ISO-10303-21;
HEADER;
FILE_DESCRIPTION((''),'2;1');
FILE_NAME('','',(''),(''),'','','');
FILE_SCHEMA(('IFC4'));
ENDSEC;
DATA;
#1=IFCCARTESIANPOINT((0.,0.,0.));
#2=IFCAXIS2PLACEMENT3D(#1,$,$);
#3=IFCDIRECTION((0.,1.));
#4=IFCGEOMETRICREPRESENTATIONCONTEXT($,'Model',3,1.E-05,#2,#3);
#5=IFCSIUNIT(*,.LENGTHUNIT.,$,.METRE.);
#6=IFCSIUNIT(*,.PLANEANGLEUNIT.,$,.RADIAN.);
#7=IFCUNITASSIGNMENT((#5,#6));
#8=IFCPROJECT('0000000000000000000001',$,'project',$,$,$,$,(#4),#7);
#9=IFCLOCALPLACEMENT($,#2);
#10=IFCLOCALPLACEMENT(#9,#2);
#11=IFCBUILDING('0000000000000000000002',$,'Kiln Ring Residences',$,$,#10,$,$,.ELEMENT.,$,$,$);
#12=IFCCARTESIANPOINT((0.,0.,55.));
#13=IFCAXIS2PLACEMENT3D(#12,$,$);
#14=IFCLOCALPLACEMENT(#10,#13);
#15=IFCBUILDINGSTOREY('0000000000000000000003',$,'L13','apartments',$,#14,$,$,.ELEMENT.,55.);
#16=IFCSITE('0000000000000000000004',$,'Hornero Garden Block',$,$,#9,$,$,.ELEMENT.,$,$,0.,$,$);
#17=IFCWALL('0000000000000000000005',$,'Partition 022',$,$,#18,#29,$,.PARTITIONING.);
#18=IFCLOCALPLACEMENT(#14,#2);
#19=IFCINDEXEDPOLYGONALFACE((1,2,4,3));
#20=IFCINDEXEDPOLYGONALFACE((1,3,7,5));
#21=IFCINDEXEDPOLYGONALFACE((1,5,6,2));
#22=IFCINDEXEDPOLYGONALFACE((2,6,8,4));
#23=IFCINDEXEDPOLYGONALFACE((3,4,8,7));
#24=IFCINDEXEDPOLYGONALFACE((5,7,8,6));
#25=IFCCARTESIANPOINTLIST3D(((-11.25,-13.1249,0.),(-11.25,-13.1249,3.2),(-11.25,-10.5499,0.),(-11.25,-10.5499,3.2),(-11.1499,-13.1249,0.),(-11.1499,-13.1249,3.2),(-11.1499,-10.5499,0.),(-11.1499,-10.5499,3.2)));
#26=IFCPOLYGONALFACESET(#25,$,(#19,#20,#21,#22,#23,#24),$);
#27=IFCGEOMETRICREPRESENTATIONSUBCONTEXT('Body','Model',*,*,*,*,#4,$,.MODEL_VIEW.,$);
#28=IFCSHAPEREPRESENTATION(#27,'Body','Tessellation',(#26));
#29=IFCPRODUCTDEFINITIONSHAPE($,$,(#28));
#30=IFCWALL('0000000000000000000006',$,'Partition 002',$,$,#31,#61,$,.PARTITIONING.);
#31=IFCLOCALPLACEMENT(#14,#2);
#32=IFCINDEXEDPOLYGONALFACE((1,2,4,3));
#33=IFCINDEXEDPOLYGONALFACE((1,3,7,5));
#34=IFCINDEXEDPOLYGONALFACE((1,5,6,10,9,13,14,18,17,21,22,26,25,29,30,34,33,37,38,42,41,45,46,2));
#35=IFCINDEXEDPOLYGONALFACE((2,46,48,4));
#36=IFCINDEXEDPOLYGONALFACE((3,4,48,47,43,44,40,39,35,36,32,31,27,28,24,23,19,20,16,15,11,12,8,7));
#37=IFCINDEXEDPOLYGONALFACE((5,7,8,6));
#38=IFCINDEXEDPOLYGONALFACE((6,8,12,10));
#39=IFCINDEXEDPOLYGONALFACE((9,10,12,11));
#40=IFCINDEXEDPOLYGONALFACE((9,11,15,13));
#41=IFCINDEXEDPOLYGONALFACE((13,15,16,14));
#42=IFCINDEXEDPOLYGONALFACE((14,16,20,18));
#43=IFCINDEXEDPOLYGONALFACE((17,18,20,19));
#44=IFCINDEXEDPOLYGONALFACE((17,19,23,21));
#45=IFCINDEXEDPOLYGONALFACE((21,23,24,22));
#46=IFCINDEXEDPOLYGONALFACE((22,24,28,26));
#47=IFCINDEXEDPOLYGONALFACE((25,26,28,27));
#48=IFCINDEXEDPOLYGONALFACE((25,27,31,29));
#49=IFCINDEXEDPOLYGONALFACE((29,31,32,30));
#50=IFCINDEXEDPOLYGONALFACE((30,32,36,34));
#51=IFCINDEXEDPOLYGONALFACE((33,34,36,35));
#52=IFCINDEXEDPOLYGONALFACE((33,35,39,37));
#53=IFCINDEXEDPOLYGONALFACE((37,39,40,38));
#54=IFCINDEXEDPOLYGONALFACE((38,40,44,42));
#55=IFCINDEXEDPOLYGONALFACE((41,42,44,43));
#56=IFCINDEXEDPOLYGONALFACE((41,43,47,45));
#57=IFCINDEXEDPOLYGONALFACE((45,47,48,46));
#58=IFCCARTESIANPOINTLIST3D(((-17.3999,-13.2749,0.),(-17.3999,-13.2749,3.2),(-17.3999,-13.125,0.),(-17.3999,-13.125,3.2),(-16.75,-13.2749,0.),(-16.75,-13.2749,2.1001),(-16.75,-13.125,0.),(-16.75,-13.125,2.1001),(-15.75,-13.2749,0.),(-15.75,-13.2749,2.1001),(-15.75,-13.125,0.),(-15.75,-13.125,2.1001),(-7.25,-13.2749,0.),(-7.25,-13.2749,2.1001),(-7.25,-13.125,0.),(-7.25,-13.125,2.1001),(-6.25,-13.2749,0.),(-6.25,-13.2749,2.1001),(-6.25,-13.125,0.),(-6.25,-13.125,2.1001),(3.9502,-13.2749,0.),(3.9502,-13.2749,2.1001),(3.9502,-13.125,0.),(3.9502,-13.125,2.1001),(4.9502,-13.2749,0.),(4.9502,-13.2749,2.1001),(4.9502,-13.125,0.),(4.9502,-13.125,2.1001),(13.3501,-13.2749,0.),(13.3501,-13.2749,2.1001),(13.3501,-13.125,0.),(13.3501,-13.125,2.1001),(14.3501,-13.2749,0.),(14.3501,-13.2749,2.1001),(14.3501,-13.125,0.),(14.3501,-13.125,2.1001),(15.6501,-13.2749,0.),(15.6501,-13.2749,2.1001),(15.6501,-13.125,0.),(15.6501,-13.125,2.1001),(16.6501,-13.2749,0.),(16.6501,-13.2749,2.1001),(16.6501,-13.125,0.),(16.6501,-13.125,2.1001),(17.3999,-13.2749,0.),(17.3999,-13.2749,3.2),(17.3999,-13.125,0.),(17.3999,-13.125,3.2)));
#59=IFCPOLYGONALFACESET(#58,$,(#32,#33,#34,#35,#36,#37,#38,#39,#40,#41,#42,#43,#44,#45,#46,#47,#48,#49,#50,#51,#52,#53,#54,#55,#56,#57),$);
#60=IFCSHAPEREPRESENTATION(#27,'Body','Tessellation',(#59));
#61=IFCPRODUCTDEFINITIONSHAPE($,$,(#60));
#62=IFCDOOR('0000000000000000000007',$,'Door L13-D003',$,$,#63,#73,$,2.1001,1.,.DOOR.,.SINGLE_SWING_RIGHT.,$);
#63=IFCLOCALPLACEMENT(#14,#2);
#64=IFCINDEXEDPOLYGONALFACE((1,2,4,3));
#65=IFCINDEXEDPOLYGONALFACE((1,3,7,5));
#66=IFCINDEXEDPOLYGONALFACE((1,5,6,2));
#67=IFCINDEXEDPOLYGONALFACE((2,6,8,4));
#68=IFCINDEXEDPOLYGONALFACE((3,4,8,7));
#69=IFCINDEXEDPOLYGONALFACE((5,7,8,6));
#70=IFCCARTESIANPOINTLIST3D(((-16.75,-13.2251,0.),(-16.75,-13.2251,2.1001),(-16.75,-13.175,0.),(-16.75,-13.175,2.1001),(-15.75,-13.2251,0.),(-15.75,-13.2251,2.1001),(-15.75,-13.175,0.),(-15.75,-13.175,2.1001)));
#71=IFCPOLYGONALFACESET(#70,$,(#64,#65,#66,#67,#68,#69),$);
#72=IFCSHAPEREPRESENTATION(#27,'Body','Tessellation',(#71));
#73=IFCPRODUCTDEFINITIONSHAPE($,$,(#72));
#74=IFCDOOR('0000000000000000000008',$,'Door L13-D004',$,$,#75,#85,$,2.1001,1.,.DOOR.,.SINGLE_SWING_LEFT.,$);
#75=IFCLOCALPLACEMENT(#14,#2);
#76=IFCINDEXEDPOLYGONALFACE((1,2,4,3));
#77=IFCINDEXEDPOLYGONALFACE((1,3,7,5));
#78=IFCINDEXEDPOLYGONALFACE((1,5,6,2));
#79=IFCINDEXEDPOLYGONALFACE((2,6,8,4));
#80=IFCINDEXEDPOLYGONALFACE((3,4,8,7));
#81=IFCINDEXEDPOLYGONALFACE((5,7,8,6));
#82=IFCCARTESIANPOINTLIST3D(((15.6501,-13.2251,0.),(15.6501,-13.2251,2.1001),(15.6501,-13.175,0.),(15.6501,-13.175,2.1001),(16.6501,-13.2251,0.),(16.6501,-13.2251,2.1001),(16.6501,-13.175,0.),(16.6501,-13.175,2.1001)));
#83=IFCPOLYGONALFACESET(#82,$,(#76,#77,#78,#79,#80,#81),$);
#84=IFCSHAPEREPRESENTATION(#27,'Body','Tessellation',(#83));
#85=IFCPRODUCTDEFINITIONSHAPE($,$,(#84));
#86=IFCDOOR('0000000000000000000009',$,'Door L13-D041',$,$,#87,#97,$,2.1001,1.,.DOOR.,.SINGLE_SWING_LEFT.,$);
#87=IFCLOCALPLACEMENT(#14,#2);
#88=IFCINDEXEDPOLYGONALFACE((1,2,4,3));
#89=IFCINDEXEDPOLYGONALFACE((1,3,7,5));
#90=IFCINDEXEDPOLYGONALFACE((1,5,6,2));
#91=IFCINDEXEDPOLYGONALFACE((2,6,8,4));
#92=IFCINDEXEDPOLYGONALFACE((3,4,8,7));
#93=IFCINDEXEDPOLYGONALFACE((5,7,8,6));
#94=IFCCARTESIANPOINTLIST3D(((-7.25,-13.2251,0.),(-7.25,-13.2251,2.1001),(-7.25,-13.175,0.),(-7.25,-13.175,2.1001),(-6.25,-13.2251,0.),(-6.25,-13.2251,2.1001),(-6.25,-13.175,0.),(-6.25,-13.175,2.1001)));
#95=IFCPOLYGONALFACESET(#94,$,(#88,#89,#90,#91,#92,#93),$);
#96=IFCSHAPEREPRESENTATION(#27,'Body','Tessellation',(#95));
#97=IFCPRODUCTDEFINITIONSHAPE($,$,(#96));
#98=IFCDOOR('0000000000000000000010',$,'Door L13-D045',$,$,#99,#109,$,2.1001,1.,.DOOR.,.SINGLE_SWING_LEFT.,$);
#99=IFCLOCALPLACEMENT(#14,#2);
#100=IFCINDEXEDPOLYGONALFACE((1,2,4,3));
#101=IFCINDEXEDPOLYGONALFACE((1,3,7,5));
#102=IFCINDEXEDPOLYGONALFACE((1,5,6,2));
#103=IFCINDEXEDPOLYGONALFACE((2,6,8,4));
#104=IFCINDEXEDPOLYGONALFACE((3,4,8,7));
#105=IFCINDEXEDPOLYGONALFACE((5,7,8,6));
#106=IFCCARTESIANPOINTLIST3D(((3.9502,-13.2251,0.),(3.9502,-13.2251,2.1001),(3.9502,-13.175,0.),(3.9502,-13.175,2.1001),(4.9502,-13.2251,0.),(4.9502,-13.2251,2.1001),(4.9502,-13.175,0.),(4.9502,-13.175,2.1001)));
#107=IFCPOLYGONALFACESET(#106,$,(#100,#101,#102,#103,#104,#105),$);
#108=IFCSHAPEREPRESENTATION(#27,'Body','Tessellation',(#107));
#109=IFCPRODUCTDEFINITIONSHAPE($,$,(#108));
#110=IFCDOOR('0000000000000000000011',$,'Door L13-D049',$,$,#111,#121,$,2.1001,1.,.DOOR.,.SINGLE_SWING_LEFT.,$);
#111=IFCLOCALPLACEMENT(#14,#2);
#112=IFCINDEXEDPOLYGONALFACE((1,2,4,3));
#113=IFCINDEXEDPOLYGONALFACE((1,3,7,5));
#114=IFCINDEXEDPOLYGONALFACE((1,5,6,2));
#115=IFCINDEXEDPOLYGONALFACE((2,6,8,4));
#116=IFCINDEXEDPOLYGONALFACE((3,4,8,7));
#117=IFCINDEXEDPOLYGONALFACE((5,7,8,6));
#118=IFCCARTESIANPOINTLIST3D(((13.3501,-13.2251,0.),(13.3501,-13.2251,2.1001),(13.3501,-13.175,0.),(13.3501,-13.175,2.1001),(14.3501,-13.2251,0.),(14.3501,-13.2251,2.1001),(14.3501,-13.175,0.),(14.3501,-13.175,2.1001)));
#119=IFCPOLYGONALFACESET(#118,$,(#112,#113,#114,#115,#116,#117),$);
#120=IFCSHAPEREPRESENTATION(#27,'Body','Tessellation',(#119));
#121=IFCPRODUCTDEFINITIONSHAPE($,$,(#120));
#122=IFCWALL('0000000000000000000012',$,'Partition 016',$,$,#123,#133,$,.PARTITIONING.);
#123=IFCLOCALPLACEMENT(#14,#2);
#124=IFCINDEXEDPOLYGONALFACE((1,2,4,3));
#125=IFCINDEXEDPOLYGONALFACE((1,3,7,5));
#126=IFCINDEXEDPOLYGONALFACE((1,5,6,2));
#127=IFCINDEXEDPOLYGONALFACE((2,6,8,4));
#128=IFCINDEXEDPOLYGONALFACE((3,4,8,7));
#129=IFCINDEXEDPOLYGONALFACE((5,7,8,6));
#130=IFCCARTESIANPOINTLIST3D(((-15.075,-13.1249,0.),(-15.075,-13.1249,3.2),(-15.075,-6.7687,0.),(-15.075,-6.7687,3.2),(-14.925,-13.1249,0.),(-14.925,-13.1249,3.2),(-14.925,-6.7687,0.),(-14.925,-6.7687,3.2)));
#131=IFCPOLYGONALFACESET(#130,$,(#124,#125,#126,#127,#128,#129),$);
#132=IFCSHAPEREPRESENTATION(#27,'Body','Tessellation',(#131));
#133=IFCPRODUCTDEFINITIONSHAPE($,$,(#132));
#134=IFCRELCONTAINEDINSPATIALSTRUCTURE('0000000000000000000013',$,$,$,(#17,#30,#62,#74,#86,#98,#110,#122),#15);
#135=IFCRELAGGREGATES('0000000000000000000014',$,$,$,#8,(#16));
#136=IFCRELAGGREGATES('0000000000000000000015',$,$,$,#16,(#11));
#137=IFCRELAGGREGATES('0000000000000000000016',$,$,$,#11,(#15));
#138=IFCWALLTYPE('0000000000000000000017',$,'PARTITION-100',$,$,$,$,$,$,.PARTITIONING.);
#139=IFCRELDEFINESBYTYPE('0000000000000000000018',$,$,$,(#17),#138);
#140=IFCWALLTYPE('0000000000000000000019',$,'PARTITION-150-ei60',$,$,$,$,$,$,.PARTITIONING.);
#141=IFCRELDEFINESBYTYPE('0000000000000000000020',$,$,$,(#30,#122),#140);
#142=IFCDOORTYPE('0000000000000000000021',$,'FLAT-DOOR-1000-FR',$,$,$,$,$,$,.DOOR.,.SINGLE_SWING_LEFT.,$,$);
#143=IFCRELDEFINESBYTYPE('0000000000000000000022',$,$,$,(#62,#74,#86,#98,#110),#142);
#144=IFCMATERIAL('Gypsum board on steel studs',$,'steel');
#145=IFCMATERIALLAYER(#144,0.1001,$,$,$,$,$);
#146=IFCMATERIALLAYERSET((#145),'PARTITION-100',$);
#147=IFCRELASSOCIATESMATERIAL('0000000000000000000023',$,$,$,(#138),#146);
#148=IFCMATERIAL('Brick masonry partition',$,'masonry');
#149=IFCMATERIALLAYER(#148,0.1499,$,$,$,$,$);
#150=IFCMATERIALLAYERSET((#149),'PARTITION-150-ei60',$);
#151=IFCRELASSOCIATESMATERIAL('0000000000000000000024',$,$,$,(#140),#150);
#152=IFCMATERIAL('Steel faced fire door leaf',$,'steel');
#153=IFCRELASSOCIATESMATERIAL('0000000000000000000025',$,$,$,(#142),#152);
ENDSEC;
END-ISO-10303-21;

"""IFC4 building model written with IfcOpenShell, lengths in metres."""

from ifc_helpers import new_model, si_unit, direction, frame, frame_2d, origin, place, context, subcontext, project, spatial, rectangle, extrude, material, layer, layer_set, type_object, element, fill, save


model = new_model("IFC4")

# Units and contexts
model_context = context("Model", 3, precision=1e-05, world=origin(), true_north=direction((0.0, 1.0)))
body_context = subcontext(model_context, "Body", "Model", "MODEL_VIEW")
ifc_project = project(units=[si_unit("LENGTHUNIT", "METRE"), si_unit("PLANEANGLEUNIT", "RADIAN")], contexts=[model_context])

# Site, building, storey
site_placement = place(None, origin())
site = spatial("IfcSite", under=ifc_project, at=site_placement, Name="Hornero Garden Block", CompositionType="ELEMENT", RefElevation=0.0)
building_placement = place(site_placement, origin())
building = spatial("IfcBuilding", under=site, at=building_placement, Name="Kiln Ring Residences", CompositionType="ELEMENT")
storey_placement = place(building_placement, frame((0.0, 0.0, 55.0)))
storey = spatial("IfcBuildingStorey", under=building, at=storey_placement, Name="L13", Description="apartments", CompositionType="ELEMENT", Elevation=55.0)

# Wall
ifc_material_1 = material(Name="Gypsum board on steel studs", Category="steel")
ifc_layer_1 = layer(ifc_material_1, 0.1001)
ifc_layer_set_1 = layer_set([ifc_layer_1], Name="PARTITION-100")
wall_type_1 = type_object("IfcWallType", Name="PARTITION-100", PredefinedType="PARTITIONING", material=ifc_layer_set_1)
wall_1_placement = place(storey_placement, frame((-11.2, -13.125, 0.0), z_axis=(0.0, 0.0, 1.0), x_axis=(0.0, 1.0, 0.0)))
element("IfcWall", 1, at=wall_1_placement, inside=storey, type_object=wall_type_1, Name="Partition 022", PredefinedType="PARTITIONING", context=body_context, shape_type="SweptSolid", body=[
    extrude(rectangle(XDim=2.575, YDim=0.1001, at=frame_2d((1.2876, 0.0))), origin(), (0.0, 0.0, 1.0), 3.2),
])

# Wall, openings, doors
ifc_material_2 = material(Name="Brick masonry partition", Category="masonry")
ifc_layer_2 = layer(ifc_material_2, 0.1499)
ifc_layer_set_2 = layer_set([ifc_layer_2], Name="PARTITION-150-ei60")
wall_type_2 = type_object("IfcWallType", Name="PARTITION-150-ei60", PredefinedType="PARTITIONING", material=ifc_layer_set_2)
wall_2_placement = place(storey_placement, frame((-17.3999, -13.2, 0.0), z_axis=(0.0, 0.0, 1.0), x_axis=(1.0, 0.0, 0.0)))
wall_2 = element("IfcWall", 2, at=wall_2_placement, inside=storey, type_object=wall_type_2, Name="Partition 002", PredefinedType="PARTITIONING", context=body_context, shape_type="SweptSolid", body=[
    extrude(rectangle(XDim=34.7998, YDim=0.1499, at=frame_2d((17.3999, 0.0))), origin(), (0.0, 0.0, 1.0), 3.2),
])
opening_1_placement = place(wall_2_placement, frame((0.6499, 0.0, 0.0)))
opening_1 = element("IfcOpeningElement", 3, at=opening_1_placement, cuts=wall_2, PredefinedType="OPENING", context=body_context, shape_type="SweptSolid", body=[
    extrude(rectangle(XDim=1.0, YDim=2.1001, at=frame_2d((0.5, 1.05))), frame((0.0, 0.085, 0.0), z_axis=(0.0, -1.0, 0.0), x_axis=(1.0, 0.0, 0.0)), (0.0, 0.0, 1.0), 0.1699),
])
opening_2_placement = place(wall_2_placement, frame((33.05, 0.0, 0.0)))
opening_2 = element("IfcOpeningElement", 4, at=opening_2_placement, cuts=wall_2, PredefinedType="OPENING", context=body_context, shape_type="SweptSolid", body=[
    extrude(rectangle(XDim=1.0, YDim=2.1001, at=frame_2d((0.5, 1.05))), frame((0.0, 0.085, 0.0), z_axis=(0.0, -1.0, 0.0), x_axis=(1.0, 0.0, 0.0)), (0.0, 0.0, 1.0), 0.1699),
])
opening_3_placement = place(wall_2_placement, frame((10.1499, 0.0, 0.0)))
opening_3 = element("IfcOpeningElement", 5, at=opening_3_placement, cuts=wall_2, PredefinedType="OPENING", context=body_context, shape_type="SweptSolid", body=[
    extrude(rectangle(XDim=1.0, YDim=2.1001, at=frame_2d((0.5, 1.05))), frame((0.0, 0.085, 0.0), z_axis=(0.0, -1.0, 0.0), x_axis=(1.0, 0.0, 0.0)), (0.0, 0.0, 1.0), 0.1699),
])
opening_4_placement = place(wall_2_placement, frame((21.3501, 0.0, 0.0)))
opening_4 = element("IfcOpeningElement", 6, at=opening_4_placement, cuts=wall_2, PredefinedType="OPENING", context=body_context, shape_type="SweptSolid", body=[
    extrude(rectangle(XDim=1.0, YDim=2.1001, at=frame_2d((0.5, 1.05))), frame((0.0, 0.085, 0.0), z_axis=(0.0, -1.0, 0.0), x_axis=(1.0, 0.0, 0.0)), (0.0, 0.0, 1.0), 0.1699),
])
opening_5_placement = place(wall_2_placement, frame((30.75, 0.0, 0.0)))
opening_5 = element("IfcOpeningElement", 7, at=opening_5_placement, cuts=wall_2, PredefinedType="OPENING", context=body_context, shape_type="SweptSolid", body=[
    extrude(rectangle(XDim=1.0, YDim=2.1001, at=frame_2d((0.5, 1.05))), frame((0.0, 0.085, 0.0), z_axis=(0.0, -1.0, 0.0), x_axis=(1.0, 0.0, 0.0)), (0.0, 0.0, 1.0), 0.1699),
])
ifc_material_3 = material(Name="Steel faced fire door leaf", Category="steel")
door_type_1 = type_object("IfcDoorType", Name="FLAT-DOOR-1000-FR", OperationType="SINGLE_SWING_LEFT", PredefinedType="DOOR", material=ifc_material_3)
door_1_placement = place(opening_1_placement, origin())
door_1 = element("IfcDoor", 8, at=door_1_placement, inside=storey, type_object=door_type_1, Name="Door L13-D003", OperationType="SINGLE_SWING_RIGHT", OverallHeight=2.1001, OverallWidth=1.0, PredefinedType="DOOR", context=body_context, shape_type="SweptSolid", body=[
    extrude(rectangle(XDim=1.0, YDim=2.1001, at=frame_2d((0.5, 1.05))), frame((0.0, 0.0249, 0.0), z_axis=(0.0, -1.0, 0.0), x_axis=(1.0, 0.0, 0.0)), (0.0, 0.0, 1.0), 0.05),
])
fill(opening_1, door_1)
door_2_placement = place(opening_2_placement, origin())
door_2 = element("IfcDoor", 9, at=door_2_placement, inside=storey, type_object=door_type_1, Name="Door L13-D004", OperationType="SINGLE_SWING_LEFT", OverallHeight=2.1001, OverallWidth=1.0, PredefinedType="DOOR", context=body_context, shape_type="SweptSolid", body=[
    extrude(rectangle(XDim=1.0, YDim=2.1001, at=frame_2d((0.5, 1.05))), frame((0.0, 0.0249, 0.0), z_axis=(0.0, -1.0, 0.0), x_axis=(1.0, 0.0, 0.0)), (0.0, 0.0, 1.0), 0.05),
])
fill(opening_2, door_2)
door_3_placement = place(opening_3_placement, origin())
door_3 = element("IfcDoor", 10, at=door_3_placement, inside=storey, type_object=door_type_1, Name="Door L13-D041", OperationType="SINGLE_SWING_LEFT", OverallHeight=2.1001, OverallWidth=1.0, PredefinedType="DOOR", context=body_context, shape_type="SweptSolid", body=[
    extrude(rectangle(XDim=1.0, YDim=2.1001, at=frame_2d((0.5, 1.05))), frame((0.0, 0.0249, 0.0), z_axis=(0.0, -1.0, 0.0), x_axis=(1.0, 0.0, 0.0)), (0.0, 0.0, 1.0), 0.05),
])
fill(opening_3, door_3)
door_4_placement = place(opening_4_placement, origin())
door_4 = element("IfcDoor", 11, at=door_4_placement, inside=storey, type_object=door_type_1, Name="Door L13-D045", OperationType="SINGLE_SWING_LEFT", OverallHeight=2.1001, OverallWidth=1.0, PredefinedType="DOOR", context=body_context, shape_type="SweptSolid", body=[
    extrude(rectangle(XDim=1.0, YDim=2.1001, at=frame_2d((0.5, 1.05))), frame((0.0, 0.0249, 0.0), z_axis=(0.0, -1.0, 0.0), x_axis=(1.0, 0.0, 0.0)), (0.0, 0.0, 1.0), 0.05),
])
fill(opening_4, door_4)
door_5_placement = place(opening_5_placement, origin())
door_5 = element("IfcDoor", 12, at=door_5_placement, inside=storey, type_object=door_type_1, Name="Door L13-D049", OperationType="SINGLE_SWING_LEFT", OverallHeight=2.1001, OverallWidth=1.0, PredefinedType="DOOR", context=body_context, shape_type="SweptSolid", body=[
    extrude(rectangle(XDim=1.0, YDim=2.1001, at=frame_2d((0.5, 1.05))), frame((0.0, 0.0249, 0.0), z_axis=(0.0, -1.0, 0.0), x_axis=(1.0, 0.0, 0.0)), (0.0, 0.0, 1.0), 0.05),
])
fill(opening_5, door_5)

# Wall
wall_3_placement = place(storey_placement, frame((-15.0, -13.125, 0.0), z_axis=(0.0, 0.0, 1.0), x_axis=(0.0, 1.0, 0.0)))
element("IfcWall", 13, at=wall_3_placement, inside=storey, type_object=wall_type_2, Name="Partition 016", PredefinedType="PARTITIONING", context=body_context, shape_type="SweptSolid", body=[
    extrude(rectangle(XDim=6.3562, YDim=0.1499, at=frame_2d((3.1782, 0.0))), origin(), (0.0, 0.0, 1.0), 3.2),
])

save(model, "model.ifc")
